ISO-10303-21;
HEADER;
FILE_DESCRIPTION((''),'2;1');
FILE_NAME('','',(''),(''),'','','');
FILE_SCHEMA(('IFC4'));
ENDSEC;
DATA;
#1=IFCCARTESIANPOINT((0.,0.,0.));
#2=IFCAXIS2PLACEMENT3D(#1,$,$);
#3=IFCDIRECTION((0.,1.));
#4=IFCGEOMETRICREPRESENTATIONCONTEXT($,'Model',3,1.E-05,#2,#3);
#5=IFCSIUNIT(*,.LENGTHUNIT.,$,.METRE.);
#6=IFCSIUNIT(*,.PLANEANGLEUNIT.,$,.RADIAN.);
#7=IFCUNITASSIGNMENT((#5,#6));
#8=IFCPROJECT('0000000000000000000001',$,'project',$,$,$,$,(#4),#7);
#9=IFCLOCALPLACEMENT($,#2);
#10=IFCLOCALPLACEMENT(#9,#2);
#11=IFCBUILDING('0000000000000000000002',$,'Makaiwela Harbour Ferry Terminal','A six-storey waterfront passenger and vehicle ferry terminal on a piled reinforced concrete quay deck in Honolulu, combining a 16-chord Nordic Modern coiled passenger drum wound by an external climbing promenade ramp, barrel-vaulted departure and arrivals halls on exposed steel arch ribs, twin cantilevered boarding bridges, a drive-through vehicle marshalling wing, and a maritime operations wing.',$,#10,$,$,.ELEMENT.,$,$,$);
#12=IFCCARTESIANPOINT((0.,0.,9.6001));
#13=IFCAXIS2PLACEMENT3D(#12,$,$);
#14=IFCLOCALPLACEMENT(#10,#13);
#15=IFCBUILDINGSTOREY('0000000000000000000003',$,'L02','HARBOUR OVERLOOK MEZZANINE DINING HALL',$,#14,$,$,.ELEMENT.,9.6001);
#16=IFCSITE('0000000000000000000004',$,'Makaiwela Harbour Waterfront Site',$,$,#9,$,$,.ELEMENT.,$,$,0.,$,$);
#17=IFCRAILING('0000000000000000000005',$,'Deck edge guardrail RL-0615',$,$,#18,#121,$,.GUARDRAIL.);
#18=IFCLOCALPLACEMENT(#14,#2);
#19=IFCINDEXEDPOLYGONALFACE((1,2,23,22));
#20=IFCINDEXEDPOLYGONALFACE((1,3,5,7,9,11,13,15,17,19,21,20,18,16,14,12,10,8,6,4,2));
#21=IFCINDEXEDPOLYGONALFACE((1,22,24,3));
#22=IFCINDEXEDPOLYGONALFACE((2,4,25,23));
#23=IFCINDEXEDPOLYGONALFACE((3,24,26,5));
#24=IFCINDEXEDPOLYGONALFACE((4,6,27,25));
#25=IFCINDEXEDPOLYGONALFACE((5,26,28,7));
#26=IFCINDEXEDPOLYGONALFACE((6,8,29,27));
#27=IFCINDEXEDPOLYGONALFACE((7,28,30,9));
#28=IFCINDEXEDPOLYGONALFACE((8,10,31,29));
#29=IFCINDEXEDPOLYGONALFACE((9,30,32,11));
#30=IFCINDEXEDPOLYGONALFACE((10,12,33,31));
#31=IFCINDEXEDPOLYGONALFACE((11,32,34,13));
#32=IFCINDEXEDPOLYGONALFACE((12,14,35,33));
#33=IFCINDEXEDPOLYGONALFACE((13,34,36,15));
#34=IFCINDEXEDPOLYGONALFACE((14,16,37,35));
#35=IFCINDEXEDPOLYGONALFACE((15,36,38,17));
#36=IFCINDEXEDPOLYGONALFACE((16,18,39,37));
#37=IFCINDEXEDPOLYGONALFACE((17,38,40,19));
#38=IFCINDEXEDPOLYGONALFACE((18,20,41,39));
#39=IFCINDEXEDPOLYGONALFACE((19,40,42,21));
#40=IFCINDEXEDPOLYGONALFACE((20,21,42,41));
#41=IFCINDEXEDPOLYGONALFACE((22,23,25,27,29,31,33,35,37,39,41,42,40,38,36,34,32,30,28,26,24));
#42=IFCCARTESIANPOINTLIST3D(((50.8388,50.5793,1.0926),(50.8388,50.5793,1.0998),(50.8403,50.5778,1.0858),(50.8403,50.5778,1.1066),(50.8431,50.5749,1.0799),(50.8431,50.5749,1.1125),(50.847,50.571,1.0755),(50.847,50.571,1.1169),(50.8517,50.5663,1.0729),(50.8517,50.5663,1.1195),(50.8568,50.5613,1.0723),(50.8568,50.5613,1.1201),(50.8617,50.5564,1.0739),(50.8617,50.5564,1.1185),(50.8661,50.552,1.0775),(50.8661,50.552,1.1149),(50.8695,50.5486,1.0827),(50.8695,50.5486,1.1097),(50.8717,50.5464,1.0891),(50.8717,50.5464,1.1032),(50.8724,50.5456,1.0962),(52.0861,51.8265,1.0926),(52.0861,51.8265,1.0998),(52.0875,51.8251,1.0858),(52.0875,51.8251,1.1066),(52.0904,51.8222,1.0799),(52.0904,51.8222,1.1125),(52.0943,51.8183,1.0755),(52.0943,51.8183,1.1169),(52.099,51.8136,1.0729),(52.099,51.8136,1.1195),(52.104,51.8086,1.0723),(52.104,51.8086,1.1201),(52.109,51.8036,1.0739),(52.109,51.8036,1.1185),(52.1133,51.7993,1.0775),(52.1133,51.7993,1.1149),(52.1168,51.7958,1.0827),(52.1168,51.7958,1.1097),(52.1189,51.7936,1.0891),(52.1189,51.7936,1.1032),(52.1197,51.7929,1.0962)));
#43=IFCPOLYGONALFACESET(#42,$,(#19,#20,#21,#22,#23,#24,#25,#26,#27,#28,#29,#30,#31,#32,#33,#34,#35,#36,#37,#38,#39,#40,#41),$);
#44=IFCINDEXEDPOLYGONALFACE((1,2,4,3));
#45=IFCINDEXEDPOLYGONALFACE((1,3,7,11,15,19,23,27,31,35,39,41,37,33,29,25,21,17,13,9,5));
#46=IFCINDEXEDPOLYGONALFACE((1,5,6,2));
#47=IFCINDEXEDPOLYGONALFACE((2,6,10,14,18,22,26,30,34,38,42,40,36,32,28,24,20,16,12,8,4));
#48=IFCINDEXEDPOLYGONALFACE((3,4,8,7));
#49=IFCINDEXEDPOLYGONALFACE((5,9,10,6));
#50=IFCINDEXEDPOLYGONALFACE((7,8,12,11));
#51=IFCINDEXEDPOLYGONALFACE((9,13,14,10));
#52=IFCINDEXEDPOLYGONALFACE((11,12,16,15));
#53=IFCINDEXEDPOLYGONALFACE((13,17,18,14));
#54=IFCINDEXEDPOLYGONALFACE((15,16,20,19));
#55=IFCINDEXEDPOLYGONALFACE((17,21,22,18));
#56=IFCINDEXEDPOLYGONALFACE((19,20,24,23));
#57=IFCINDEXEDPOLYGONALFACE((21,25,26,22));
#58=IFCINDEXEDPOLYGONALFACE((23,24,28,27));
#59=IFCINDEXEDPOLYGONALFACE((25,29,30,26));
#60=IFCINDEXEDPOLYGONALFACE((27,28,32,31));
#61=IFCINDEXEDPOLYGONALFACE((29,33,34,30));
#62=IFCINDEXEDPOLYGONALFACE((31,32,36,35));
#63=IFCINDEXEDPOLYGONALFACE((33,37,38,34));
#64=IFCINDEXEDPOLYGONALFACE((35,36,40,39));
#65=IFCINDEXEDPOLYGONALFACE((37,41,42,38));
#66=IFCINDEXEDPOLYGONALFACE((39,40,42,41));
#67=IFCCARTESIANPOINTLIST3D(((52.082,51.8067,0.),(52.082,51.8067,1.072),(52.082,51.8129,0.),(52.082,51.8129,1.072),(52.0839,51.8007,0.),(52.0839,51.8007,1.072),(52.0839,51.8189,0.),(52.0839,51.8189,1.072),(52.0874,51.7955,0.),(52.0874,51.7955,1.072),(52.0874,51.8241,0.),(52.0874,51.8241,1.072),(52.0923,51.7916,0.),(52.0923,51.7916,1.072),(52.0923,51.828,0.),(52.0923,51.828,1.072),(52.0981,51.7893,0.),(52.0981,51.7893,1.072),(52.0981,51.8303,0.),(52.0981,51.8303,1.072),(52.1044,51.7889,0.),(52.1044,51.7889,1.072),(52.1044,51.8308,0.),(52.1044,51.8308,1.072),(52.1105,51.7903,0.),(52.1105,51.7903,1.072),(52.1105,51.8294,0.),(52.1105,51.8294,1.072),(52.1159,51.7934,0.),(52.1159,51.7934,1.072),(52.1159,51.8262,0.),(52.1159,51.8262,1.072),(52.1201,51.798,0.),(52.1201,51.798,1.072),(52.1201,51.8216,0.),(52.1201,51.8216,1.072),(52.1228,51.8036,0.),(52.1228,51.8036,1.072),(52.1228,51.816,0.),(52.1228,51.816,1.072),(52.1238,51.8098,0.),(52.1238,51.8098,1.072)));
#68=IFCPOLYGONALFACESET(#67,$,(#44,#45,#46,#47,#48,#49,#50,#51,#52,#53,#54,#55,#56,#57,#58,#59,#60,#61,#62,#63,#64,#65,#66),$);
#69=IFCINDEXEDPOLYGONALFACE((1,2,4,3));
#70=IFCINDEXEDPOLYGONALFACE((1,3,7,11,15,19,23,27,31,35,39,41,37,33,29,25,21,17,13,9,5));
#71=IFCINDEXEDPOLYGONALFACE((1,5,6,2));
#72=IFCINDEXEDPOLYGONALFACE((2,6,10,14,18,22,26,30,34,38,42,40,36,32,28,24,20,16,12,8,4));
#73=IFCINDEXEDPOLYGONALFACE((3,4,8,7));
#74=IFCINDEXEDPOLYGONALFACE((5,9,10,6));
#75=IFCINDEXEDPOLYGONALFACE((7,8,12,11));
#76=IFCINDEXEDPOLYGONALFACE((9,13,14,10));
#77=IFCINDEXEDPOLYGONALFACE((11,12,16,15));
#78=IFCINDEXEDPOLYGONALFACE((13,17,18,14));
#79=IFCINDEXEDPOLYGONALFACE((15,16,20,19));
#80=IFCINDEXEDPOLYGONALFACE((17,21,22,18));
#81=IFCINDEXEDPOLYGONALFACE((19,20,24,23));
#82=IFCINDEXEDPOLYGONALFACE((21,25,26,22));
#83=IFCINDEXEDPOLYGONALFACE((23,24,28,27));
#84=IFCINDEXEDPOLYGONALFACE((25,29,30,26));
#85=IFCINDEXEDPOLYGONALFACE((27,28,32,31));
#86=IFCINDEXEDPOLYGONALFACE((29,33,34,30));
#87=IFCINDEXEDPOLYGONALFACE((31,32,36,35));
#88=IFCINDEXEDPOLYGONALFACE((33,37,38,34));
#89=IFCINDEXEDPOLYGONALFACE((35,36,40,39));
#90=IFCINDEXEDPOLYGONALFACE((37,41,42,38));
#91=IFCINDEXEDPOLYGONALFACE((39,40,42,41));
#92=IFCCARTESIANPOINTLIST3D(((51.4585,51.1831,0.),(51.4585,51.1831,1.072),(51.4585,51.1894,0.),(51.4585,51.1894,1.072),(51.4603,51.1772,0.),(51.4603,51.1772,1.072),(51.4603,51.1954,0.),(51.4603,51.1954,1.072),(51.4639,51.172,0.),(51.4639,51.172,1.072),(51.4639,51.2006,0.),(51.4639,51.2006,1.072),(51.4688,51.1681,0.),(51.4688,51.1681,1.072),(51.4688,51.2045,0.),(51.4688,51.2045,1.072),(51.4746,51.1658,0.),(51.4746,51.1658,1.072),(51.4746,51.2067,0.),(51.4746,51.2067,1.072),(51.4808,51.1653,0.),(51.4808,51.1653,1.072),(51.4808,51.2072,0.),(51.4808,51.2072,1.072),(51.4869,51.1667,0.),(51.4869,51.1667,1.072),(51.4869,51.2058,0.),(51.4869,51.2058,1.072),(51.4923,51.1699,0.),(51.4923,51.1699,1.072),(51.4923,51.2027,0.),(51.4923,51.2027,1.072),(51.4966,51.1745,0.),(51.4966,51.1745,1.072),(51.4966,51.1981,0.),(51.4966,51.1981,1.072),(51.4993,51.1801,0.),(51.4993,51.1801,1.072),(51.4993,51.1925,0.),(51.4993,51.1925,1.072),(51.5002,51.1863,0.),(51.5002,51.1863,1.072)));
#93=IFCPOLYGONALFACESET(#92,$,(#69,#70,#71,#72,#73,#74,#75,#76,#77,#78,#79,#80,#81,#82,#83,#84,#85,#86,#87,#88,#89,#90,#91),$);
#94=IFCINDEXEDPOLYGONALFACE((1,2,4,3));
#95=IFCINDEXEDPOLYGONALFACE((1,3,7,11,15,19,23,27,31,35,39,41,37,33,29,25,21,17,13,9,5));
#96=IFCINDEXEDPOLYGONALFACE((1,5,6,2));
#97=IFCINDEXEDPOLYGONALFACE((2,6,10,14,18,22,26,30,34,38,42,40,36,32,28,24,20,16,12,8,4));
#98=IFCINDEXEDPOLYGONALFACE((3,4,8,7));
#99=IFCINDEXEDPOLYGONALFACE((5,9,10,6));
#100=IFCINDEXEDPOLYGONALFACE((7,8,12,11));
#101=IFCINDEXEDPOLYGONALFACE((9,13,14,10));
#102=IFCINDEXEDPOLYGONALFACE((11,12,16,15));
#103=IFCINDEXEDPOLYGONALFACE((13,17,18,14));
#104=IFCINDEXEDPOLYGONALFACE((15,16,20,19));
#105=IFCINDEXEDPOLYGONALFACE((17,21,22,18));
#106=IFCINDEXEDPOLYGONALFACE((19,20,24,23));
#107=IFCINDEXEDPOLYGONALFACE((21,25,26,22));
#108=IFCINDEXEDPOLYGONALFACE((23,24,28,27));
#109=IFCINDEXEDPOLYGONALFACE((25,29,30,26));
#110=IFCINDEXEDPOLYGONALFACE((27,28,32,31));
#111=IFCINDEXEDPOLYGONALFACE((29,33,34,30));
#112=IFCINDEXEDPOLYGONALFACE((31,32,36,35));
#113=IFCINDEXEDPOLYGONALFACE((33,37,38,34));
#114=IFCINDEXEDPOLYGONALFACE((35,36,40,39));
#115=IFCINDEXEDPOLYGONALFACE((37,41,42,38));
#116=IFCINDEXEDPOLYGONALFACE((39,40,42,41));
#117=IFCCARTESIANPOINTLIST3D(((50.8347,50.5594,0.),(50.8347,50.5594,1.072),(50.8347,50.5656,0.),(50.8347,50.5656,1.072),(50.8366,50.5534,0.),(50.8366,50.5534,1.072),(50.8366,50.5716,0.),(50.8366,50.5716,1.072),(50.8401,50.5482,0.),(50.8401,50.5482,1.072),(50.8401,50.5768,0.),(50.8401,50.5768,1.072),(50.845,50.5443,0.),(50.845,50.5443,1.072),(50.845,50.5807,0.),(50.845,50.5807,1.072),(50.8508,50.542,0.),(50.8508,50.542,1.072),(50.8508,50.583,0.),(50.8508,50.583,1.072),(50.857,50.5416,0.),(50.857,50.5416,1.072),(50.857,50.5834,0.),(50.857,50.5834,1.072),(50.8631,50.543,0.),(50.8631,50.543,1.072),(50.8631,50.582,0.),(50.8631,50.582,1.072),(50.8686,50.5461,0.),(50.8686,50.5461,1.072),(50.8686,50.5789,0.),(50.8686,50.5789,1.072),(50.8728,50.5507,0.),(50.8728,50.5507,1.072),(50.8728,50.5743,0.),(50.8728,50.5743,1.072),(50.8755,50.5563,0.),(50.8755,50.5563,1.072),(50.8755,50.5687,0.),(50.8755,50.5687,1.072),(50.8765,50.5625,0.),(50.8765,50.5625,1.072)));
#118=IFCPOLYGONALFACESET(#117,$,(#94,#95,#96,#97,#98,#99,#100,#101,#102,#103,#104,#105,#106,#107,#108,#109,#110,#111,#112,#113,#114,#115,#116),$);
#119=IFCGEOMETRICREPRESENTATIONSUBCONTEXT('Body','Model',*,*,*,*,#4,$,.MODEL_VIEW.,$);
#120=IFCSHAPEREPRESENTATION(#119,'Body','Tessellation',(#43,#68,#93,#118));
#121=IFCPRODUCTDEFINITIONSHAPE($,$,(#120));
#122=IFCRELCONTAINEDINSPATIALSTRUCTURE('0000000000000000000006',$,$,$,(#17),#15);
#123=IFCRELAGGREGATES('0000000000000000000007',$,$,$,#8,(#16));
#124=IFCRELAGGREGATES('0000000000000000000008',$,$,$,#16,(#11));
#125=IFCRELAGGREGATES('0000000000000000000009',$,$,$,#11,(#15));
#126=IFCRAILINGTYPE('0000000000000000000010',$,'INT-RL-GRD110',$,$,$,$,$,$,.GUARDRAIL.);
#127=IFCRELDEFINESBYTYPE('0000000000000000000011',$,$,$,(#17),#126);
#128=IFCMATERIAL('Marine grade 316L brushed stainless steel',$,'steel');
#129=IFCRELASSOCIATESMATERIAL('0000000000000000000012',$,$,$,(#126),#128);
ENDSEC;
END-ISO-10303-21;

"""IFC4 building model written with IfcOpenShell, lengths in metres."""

from ifc_helpers import new_model, si_unit, direction, frame, origin, origin_2d, place, context, subcontext, project, spatial, circle, extrude, material, type_object, element, save


model = new_model("IFC4")

# Units and contexts
model_context = context("Model", 3, precision=1e-05, world=origin(), true_north=direction((0.0, 1.0)))
body_context = subcontext(model_context, "Body", "Model", "MODEL_VIEW")
ifc_project = project(units=[si_unit("LENGTHUNIT", "METRE"), si_unit("PLANEANGLEUNIT", "RADIAN")], contexts=[model_context])

# Site, building, storey
site_placement = place(None, origin())
site = spatial("IfcSite", under=ifc_project, at=site_placement, Name="Makaiwela Harbour Waterfront Site", CompositionType="ELEMENT", RefElevation=0.0)
building_placement = place(site_placement, origin())
building = spatial("IfcBuilding", under=site, at=building_placement, Name="Makaiwela Harbour Ferry Terminal", Description="A six-storey waterfront passenger and vehicle ferry terminal on a piled reinforced concrete quay deck in Honolulu, combining a 16-chord Nordic Modern coiled passenger drum wound by an external climbing promenade ramp, barrel-vaulted departure and arrivals halls on exposed steel arch ribs, twin cantilevered boarding bridges, a drive-through vehicle marshalling wing, and a maritime operations wing.", CompositionType="ELEMENT")
storey_placement = place(building_placement, frame((0.0, 0.0, 9.6001)))
storey = spatial("IfcBuildingStorey", under=building, at=storey_placement, Name="L02", Description="HARBOUR OVERLOOK MEZZANINE DINING HALL", CompositionType="ELEMENT", Elevation=9.6001)

# Railing
ifc_material_1 = material(Name="Marine grade 316L brushed stainless steel", Category="steel")
railing_type = type_object("IfcRailingType", Name="INT-RL-GRD110", PredefinedType="GUARDRAIL", material=ifc_material_1)
railing_placement = place(storey_placement, frame((52.1028, 51.8098, 0.0)))
element("IfcRailing", 1, at=railing_placement, inside=storey, type_object=railing_type, Name="Deck edge guardrail RL-0615", PredefinedType="GUARDRAIL", context=body_context, shape_type="SweptSolid", body=[
    extrude(circle(Radius=0.0239, at=origin_2d()), frame((0.0, 0.0, 1.0962), z_axis=(-0.707107, -0.707107, 0.0), x_axis=(0.707107, -0.707107, 0.0)), (0.0, 0.0, 1.0), 1.7639),
    extrude(circle(Radius=0.021, at=origin_2d()), origin(), (0.0, 0.0, 1.0), 1.072),
    extrude(circle(Radius=0.021, at=origin_2d()), frame((-0.6235, -0.6235, 0.0)), (0.0, 0.0, 1.0), 1.072),
    extrude(circle(Radius=0.021, at=origin_2d()), frame((-1.2473, -1.2473, 0.0)), (0.0, 0.0, 1.0), 1.072),
])

save(model, "model.ifc")
